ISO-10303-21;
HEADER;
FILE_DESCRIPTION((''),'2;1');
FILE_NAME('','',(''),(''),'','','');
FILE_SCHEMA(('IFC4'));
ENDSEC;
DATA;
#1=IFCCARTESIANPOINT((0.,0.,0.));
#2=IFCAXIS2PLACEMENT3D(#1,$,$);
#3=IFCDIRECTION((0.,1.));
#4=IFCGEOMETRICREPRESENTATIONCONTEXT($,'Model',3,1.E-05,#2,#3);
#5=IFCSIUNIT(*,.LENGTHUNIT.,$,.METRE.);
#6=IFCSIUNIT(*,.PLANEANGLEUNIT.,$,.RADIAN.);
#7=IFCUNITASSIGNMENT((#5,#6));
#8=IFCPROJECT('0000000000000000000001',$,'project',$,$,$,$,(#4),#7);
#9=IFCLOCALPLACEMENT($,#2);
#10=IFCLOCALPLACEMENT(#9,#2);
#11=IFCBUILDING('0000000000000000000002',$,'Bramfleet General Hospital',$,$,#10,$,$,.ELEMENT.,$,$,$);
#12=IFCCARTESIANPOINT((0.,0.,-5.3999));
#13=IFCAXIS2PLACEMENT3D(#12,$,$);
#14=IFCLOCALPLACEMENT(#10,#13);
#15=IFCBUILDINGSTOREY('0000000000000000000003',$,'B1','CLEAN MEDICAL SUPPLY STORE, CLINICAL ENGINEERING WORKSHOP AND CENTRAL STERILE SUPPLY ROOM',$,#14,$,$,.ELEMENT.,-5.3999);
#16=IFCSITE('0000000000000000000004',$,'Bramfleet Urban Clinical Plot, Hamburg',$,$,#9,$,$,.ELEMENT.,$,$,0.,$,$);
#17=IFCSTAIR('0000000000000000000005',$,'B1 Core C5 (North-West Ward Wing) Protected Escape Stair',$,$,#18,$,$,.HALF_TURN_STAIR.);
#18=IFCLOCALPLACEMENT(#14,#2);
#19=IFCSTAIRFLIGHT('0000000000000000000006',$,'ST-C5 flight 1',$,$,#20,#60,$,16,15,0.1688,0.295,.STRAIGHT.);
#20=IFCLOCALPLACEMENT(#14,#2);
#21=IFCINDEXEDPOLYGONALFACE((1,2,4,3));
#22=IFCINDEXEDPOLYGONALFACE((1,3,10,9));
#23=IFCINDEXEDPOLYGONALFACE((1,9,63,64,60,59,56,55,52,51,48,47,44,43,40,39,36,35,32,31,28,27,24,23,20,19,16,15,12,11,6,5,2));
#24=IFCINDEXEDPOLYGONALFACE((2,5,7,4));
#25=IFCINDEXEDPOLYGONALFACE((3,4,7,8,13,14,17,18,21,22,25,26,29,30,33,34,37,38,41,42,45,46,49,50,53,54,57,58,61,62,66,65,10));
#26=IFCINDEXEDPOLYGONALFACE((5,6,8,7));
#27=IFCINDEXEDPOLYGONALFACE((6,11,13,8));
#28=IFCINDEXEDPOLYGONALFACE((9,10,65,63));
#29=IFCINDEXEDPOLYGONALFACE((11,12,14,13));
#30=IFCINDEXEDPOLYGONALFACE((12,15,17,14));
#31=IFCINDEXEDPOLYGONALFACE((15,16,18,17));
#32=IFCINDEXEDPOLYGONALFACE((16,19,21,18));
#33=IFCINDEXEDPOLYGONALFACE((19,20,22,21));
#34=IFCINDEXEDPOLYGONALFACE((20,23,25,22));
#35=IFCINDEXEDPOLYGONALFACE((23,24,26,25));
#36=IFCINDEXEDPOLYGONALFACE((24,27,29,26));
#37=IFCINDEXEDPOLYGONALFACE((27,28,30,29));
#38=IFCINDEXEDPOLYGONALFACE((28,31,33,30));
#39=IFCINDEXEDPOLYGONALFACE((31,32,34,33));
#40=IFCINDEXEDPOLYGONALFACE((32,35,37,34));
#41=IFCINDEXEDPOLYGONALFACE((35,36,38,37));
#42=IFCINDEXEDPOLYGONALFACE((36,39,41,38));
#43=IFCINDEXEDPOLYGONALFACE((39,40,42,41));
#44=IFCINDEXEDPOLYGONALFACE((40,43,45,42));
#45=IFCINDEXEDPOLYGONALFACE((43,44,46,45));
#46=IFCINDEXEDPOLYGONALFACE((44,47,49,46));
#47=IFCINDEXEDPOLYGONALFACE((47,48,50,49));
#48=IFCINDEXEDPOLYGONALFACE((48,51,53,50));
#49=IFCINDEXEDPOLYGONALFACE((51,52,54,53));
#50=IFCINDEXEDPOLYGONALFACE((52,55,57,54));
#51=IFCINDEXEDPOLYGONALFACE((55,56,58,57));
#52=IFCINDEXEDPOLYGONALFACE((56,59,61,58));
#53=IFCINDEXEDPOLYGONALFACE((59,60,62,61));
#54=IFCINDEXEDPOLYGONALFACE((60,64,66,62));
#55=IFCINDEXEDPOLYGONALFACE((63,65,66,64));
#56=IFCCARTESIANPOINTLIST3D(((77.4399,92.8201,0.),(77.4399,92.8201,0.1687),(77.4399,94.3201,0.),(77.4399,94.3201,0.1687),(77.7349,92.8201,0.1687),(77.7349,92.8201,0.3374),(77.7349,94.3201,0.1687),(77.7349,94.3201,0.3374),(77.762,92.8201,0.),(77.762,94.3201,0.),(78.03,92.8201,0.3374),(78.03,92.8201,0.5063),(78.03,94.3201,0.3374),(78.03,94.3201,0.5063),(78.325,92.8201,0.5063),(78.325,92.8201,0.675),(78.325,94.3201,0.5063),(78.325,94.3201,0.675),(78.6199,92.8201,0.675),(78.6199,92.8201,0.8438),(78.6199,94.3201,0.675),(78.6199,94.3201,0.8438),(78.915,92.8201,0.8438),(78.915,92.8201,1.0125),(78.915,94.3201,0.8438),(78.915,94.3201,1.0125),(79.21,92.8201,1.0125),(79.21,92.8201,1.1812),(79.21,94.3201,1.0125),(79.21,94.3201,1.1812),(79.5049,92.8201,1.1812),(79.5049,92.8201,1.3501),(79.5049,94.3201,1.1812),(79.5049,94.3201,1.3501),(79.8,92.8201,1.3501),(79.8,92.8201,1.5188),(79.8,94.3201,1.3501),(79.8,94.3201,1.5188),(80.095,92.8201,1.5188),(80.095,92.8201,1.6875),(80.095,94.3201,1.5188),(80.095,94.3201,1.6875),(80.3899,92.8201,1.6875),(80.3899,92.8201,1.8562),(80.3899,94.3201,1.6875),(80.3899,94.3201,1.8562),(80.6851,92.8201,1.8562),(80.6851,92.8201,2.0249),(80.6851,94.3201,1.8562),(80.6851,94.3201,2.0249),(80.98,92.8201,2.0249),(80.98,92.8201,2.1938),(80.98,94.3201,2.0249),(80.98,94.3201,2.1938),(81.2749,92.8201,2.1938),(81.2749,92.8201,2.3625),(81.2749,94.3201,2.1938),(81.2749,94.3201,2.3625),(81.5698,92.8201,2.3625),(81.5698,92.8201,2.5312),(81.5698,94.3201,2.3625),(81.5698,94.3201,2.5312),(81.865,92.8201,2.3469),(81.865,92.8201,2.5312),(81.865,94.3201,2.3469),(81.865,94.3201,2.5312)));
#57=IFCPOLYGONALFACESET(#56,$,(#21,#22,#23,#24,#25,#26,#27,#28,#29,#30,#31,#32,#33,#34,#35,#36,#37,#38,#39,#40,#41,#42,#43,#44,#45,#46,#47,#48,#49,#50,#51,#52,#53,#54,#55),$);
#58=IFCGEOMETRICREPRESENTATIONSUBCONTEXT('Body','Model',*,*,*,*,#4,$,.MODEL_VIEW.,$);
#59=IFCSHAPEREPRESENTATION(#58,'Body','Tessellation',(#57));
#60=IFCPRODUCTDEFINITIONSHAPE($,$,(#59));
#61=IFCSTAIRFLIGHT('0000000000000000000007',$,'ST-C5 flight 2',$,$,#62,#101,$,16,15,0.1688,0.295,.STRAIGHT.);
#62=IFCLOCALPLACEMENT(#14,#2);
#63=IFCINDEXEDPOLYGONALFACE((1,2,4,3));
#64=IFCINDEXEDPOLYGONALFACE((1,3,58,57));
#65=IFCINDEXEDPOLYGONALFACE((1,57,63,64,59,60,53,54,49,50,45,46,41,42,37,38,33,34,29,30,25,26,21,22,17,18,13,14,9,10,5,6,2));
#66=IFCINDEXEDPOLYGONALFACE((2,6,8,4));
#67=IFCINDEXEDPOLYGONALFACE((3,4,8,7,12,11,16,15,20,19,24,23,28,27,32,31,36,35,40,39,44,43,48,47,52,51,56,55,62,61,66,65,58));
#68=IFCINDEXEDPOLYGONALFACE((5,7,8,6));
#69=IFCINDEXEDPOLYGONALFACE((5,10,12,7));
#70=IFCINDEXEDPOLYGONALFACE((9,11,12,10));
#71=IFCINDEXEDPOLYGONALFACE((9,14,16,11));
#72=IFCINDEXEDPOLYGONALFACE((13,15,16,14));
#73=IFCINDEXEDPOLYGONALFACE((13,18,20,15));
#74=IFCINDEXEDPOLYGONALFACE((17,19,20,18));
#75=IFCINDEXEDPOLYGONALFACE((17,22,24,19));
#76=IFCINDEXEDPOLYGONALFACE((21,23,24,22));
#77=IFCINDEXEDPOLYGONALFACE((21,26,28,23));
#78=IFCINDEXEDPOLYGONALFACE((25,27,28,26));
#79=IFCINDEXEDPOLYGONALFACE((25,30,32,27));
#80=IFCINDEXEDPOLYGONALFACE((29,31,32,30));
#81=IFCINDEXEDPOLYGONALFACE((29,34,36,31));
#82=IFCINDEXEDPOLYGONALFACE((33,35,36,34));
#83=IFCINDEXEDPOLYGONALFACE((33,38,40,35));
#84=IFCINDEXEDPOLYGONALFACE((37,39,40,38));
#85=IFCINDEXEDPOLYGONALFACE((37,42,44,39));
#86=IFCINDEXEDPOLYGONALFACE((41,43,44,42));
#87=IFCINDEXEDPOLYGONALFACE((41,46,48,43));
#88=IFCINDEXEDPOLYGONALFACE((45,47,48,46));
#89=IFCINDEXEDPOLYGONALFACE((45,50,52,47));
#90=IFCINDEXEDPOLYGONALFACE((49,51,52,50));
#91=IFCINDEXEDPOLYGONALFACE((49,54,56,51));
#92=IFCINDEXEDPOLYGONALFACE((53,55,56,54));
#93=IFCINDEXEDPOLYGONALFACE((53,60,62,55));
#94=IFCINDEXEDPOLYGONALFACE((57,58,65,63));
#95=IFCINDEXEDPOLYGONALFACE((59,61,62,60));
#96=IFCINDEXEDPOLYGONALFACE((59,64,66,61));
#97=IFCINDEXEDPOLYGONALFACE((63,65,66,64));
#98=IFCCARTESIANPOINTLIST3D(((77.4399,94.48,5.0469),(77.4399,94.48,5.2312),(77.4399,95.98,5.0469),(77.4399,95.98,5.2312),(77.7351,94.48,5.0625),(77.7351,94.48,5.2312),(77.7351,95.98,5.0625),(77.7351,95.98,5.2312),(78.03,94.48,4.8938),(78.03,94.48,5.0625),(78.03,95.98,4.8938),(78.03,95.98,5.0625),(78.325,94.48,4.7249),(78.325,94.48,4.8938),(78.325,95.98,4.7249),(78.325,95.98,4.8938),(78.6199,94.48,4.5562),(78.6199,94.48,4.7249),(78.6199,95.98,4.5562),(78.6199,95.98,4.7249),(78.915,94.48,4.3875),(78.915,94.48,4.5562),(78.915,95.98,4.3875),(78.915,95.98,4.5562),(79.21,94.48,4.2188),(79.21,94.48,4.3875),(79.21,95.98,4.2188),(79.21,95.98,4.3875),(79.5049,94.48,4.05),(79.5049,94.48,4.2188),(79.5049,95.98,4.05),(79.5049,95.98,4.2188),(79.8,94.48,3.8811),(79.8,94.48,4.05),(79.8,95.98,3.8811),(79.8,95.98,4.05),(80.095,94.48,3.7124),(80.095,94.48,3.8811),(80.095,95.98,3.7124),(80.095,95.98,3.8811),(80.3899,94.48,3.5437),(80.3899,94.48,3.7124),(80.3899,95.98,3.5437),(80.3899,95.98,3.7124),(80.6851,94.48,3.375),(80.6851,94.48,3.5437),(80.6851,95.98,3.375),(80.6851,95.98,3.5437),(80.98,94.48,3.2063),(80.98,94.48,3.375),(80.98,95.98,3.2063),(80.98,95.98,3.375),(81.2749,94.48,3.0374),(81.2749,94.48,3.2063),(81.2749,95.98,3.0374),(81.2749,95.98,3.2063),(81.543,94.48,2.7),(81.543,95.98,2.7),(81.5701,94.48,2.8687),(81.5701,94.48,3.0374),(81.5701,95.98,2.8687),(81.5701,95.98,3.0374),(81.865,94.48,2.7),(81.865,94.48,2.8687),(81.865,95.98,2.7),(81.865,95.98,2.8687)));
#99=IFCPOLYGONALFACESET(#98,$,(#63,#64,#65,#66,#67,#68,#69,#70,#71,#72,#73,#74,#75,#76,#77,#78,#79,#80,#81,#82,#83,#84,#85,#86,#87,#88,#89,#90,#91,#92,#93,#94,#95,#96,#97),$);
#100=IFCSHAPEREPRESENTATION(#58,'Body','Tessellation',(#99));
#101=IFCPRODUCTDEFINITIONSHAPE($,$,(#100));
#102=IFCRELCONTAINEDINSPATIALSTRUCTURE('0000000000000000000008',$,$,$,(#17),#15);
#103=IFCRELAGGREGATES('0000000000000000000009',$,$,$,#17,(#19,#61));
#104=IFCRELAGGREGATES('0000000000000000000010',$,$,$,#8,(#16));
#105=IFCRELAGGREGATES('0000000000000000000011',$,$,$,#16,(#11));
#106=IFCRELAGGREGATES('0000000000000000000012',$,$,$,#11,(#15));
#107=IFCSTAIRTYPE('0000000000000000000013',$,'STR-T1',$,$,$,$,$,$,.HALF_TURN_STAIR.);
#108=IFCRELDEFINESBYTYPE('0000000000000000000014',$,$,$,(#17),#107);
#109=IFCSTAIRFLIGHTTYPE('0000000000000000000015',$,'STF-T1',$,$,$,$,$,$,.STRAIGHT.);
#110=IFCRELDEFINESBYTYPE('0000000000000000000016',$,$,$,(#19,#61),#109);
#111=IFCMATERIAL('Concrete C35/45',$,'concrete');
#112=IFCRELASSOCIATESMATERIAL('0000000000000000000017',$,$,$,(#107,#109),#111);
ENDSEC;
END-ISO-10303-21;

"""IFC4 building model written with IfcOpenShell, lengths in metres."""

from ifc_helpers import new_model, si_unit, direction, frame, origin, place, context, subcontext, project, spatial, polyline, outline, extrude, material, type_object, element, aggregate, save


model = new_model("IFC4")

# Units and contexts
model_context = context("Model", 3, precision=1e-05, world=origin(), true_north=direction((0.0, 1.0)))
body_context = subcontext(model_context, "Body", "Model", "MODEL_VIEW")
ifc_project = project(units=[si_unit("LENGTHUNIT", "METRE"), si_unit("PLANEANGLEUNIT", "RADIAN")], contexts=[model_context])

# Site, building, storey
site_placement = place(None, origin())
site = spatial("IfcSite", under=ifc_project, at=site_placement, Name="Bramfleet Urban Clinical Plot, Hamburg", CompositionType="ELEMENT", RefElevation=0.0)
building_placement = place(site_placement, origin())
building = spatial("IfcBuilding", under=site, at=building_placement, Name="Bramfleet General Hospital", CompositionType="ELEMENT")
storey_placement = place(building_placement, frame((0.0, 0.0, -5.3999)))
storey = spatial("IfcBuildingStorey", under=building, at=storey_placement, Name="B1", Description="CLEAN MEDICAL SUPPLY STORE, CLINICAL ENGINEERING WORKSHOP AND CENTRAL STERILE SUPPLY ROOM", CompositionType="ELEMENT", Elevation=-5.3999)

# Shared definitions
ifc_material_1 = material(Name="Concrete C35/45", Category="concrete")

# Stair, stair flights
stair_type = type_object("IfcStairType", Name="STR-T1", PredefinedType="HALF_TURN_STAIR", material=ifc_material_1)
stair_placement = place(storey_placement, origin())
stair = element("IfcStair", 1, at=stair_placement, inside=storey, type_object=stair_type, Name="B1 Core C5 (North-West Ward Wing) Protected Escape Stair", PredefinedType="HALF_TURN_STAIR")
stair_flight_type = type_object("IfcStairFlightType", Name="STF-T1", PredefinedType="STRAIGHT", material=ifc_material_1)
stair_flight_1_placement = place(storey_placement, frame((77.4399, 93.5701, 0.0), z_axis=(0.0, 0.0, 1.0), x_axis=(1.0, 0.0, 0.0)))
stair_flight_1 = element("IfcStairFlight", 2, at=stair_flight_1_placement, type_object=stair_flight_type, Name="ST-C5 flight 1", NumberOfRisers=16, NumberOfTreads=15, PredefinedType="STRAIGHT", RiserHeight=0.1688, TreadLength=0.295, context=body_context, shape_type="SweptSolid", body=[
    extrude(outline(polyline([(0.0, 0.0), (0.0, 0.1687), (0.2949, 0.1687), (0.2949, 0.3374), (0.5901, 0.3374), (0.5901, 0.5063), (0.885, 0.5063), (0.885, 0.675), (1.1799, 0.675), (1.1799, 0.8438), (1.4751, 0.8438), (1.4751, 1.0125), (1.77, 1.0125), (1.77, 1.1812), (2.0649, 1.1812), (2.0649, 1.3501), (2.3601, 1.3501), (2.3601, 1.5188), (2.655, 1.5188), (2.655, 1.6875), (2.95, 1.6875), (2.95, 1.8562), (3.2451, 1.8562), (3.2451, 2.0249), (3.54, 2.0249), (3.54, 2.1938), (3.835, 2.1938), (3.835, 2.3625), (4.1299, 2.3625), (4.1299, 2.5312), (4.425, 2.5312), (4.425, 2.7), (4.425, 2.3469), (0.322, 0.0), (0.0, 0.0)])), frame((0.0, 0.75, 0.0), z_axis=(0.0, -1.0, 0.0), x_axis=(1.0, 0.0, 0.0)), (0.0, 0.0, 1.0), 1.5),
])
stair_flight_2_placement = place(storey_placement, frame((81.865, 95.23, 2.7), z_axis=(0.0, 0.0, 1.0), x_axis=(-1.0, 0.0, 0.0)))
stair_flight_2 = element("IfcStairFlight", 3, at=stair_flight_2_placement, type_object=stair_flight_type, Name="ST-C5 flight 2", NumberOfRisers=16, NumberOfTreads=15, PredefinedType="STRAIGHT", RiserHeight=0.1688, TreadLength=0.295, context=body_context, shape_type="SweptSolid", body=[
    extrude(outline(polyline([(0.0, 0.0), (0.0, 0.1687), (0.2949, 0.1687), (0.2949, 0.3374), (0.5901, 0.3374), (0.5901, 0.5063), (0.885, 0.5063), (0.885, 0.675), (1.1799, 0.675), (1.1799, 0.8438), (1.4751, 0.8438), (1.4751, 1.0125), (1.77, 1.0125), (1.77, 1.1812), (2.0649, 1.1812), (2.0649, 1.3501), (2.3601, 1.3501), (2.3601, 1.5188), (2.655, 1.5188), (2.655, 1.6875), (2.95, 1.6875), (2.95, 1.8562), (3.2451, 1.8562), (3.2451, 2.0249), (3.54, 2.0249), (3.54, 2.1938), (3.835, 2.1938), (3.835, 2.3625), (4.1299, 2.3625), (4.1299, 2.5312), (4.425, 2.5312), (4.425, 2.7), (4.425, 2.3469), (0.322, 0.0), (0.0, 0.0)])), frame((0.0, 0.75, 0.0), z_axis=(0.0, -1.0, 0.0), x_axis=(1.0, 0.0, 0.0)), (0.0, 0.0, 1.0), 1.5),
])
aggregate(stair, [stair_flight_1, stair_flight_2])

save(model, "model.ifc")
